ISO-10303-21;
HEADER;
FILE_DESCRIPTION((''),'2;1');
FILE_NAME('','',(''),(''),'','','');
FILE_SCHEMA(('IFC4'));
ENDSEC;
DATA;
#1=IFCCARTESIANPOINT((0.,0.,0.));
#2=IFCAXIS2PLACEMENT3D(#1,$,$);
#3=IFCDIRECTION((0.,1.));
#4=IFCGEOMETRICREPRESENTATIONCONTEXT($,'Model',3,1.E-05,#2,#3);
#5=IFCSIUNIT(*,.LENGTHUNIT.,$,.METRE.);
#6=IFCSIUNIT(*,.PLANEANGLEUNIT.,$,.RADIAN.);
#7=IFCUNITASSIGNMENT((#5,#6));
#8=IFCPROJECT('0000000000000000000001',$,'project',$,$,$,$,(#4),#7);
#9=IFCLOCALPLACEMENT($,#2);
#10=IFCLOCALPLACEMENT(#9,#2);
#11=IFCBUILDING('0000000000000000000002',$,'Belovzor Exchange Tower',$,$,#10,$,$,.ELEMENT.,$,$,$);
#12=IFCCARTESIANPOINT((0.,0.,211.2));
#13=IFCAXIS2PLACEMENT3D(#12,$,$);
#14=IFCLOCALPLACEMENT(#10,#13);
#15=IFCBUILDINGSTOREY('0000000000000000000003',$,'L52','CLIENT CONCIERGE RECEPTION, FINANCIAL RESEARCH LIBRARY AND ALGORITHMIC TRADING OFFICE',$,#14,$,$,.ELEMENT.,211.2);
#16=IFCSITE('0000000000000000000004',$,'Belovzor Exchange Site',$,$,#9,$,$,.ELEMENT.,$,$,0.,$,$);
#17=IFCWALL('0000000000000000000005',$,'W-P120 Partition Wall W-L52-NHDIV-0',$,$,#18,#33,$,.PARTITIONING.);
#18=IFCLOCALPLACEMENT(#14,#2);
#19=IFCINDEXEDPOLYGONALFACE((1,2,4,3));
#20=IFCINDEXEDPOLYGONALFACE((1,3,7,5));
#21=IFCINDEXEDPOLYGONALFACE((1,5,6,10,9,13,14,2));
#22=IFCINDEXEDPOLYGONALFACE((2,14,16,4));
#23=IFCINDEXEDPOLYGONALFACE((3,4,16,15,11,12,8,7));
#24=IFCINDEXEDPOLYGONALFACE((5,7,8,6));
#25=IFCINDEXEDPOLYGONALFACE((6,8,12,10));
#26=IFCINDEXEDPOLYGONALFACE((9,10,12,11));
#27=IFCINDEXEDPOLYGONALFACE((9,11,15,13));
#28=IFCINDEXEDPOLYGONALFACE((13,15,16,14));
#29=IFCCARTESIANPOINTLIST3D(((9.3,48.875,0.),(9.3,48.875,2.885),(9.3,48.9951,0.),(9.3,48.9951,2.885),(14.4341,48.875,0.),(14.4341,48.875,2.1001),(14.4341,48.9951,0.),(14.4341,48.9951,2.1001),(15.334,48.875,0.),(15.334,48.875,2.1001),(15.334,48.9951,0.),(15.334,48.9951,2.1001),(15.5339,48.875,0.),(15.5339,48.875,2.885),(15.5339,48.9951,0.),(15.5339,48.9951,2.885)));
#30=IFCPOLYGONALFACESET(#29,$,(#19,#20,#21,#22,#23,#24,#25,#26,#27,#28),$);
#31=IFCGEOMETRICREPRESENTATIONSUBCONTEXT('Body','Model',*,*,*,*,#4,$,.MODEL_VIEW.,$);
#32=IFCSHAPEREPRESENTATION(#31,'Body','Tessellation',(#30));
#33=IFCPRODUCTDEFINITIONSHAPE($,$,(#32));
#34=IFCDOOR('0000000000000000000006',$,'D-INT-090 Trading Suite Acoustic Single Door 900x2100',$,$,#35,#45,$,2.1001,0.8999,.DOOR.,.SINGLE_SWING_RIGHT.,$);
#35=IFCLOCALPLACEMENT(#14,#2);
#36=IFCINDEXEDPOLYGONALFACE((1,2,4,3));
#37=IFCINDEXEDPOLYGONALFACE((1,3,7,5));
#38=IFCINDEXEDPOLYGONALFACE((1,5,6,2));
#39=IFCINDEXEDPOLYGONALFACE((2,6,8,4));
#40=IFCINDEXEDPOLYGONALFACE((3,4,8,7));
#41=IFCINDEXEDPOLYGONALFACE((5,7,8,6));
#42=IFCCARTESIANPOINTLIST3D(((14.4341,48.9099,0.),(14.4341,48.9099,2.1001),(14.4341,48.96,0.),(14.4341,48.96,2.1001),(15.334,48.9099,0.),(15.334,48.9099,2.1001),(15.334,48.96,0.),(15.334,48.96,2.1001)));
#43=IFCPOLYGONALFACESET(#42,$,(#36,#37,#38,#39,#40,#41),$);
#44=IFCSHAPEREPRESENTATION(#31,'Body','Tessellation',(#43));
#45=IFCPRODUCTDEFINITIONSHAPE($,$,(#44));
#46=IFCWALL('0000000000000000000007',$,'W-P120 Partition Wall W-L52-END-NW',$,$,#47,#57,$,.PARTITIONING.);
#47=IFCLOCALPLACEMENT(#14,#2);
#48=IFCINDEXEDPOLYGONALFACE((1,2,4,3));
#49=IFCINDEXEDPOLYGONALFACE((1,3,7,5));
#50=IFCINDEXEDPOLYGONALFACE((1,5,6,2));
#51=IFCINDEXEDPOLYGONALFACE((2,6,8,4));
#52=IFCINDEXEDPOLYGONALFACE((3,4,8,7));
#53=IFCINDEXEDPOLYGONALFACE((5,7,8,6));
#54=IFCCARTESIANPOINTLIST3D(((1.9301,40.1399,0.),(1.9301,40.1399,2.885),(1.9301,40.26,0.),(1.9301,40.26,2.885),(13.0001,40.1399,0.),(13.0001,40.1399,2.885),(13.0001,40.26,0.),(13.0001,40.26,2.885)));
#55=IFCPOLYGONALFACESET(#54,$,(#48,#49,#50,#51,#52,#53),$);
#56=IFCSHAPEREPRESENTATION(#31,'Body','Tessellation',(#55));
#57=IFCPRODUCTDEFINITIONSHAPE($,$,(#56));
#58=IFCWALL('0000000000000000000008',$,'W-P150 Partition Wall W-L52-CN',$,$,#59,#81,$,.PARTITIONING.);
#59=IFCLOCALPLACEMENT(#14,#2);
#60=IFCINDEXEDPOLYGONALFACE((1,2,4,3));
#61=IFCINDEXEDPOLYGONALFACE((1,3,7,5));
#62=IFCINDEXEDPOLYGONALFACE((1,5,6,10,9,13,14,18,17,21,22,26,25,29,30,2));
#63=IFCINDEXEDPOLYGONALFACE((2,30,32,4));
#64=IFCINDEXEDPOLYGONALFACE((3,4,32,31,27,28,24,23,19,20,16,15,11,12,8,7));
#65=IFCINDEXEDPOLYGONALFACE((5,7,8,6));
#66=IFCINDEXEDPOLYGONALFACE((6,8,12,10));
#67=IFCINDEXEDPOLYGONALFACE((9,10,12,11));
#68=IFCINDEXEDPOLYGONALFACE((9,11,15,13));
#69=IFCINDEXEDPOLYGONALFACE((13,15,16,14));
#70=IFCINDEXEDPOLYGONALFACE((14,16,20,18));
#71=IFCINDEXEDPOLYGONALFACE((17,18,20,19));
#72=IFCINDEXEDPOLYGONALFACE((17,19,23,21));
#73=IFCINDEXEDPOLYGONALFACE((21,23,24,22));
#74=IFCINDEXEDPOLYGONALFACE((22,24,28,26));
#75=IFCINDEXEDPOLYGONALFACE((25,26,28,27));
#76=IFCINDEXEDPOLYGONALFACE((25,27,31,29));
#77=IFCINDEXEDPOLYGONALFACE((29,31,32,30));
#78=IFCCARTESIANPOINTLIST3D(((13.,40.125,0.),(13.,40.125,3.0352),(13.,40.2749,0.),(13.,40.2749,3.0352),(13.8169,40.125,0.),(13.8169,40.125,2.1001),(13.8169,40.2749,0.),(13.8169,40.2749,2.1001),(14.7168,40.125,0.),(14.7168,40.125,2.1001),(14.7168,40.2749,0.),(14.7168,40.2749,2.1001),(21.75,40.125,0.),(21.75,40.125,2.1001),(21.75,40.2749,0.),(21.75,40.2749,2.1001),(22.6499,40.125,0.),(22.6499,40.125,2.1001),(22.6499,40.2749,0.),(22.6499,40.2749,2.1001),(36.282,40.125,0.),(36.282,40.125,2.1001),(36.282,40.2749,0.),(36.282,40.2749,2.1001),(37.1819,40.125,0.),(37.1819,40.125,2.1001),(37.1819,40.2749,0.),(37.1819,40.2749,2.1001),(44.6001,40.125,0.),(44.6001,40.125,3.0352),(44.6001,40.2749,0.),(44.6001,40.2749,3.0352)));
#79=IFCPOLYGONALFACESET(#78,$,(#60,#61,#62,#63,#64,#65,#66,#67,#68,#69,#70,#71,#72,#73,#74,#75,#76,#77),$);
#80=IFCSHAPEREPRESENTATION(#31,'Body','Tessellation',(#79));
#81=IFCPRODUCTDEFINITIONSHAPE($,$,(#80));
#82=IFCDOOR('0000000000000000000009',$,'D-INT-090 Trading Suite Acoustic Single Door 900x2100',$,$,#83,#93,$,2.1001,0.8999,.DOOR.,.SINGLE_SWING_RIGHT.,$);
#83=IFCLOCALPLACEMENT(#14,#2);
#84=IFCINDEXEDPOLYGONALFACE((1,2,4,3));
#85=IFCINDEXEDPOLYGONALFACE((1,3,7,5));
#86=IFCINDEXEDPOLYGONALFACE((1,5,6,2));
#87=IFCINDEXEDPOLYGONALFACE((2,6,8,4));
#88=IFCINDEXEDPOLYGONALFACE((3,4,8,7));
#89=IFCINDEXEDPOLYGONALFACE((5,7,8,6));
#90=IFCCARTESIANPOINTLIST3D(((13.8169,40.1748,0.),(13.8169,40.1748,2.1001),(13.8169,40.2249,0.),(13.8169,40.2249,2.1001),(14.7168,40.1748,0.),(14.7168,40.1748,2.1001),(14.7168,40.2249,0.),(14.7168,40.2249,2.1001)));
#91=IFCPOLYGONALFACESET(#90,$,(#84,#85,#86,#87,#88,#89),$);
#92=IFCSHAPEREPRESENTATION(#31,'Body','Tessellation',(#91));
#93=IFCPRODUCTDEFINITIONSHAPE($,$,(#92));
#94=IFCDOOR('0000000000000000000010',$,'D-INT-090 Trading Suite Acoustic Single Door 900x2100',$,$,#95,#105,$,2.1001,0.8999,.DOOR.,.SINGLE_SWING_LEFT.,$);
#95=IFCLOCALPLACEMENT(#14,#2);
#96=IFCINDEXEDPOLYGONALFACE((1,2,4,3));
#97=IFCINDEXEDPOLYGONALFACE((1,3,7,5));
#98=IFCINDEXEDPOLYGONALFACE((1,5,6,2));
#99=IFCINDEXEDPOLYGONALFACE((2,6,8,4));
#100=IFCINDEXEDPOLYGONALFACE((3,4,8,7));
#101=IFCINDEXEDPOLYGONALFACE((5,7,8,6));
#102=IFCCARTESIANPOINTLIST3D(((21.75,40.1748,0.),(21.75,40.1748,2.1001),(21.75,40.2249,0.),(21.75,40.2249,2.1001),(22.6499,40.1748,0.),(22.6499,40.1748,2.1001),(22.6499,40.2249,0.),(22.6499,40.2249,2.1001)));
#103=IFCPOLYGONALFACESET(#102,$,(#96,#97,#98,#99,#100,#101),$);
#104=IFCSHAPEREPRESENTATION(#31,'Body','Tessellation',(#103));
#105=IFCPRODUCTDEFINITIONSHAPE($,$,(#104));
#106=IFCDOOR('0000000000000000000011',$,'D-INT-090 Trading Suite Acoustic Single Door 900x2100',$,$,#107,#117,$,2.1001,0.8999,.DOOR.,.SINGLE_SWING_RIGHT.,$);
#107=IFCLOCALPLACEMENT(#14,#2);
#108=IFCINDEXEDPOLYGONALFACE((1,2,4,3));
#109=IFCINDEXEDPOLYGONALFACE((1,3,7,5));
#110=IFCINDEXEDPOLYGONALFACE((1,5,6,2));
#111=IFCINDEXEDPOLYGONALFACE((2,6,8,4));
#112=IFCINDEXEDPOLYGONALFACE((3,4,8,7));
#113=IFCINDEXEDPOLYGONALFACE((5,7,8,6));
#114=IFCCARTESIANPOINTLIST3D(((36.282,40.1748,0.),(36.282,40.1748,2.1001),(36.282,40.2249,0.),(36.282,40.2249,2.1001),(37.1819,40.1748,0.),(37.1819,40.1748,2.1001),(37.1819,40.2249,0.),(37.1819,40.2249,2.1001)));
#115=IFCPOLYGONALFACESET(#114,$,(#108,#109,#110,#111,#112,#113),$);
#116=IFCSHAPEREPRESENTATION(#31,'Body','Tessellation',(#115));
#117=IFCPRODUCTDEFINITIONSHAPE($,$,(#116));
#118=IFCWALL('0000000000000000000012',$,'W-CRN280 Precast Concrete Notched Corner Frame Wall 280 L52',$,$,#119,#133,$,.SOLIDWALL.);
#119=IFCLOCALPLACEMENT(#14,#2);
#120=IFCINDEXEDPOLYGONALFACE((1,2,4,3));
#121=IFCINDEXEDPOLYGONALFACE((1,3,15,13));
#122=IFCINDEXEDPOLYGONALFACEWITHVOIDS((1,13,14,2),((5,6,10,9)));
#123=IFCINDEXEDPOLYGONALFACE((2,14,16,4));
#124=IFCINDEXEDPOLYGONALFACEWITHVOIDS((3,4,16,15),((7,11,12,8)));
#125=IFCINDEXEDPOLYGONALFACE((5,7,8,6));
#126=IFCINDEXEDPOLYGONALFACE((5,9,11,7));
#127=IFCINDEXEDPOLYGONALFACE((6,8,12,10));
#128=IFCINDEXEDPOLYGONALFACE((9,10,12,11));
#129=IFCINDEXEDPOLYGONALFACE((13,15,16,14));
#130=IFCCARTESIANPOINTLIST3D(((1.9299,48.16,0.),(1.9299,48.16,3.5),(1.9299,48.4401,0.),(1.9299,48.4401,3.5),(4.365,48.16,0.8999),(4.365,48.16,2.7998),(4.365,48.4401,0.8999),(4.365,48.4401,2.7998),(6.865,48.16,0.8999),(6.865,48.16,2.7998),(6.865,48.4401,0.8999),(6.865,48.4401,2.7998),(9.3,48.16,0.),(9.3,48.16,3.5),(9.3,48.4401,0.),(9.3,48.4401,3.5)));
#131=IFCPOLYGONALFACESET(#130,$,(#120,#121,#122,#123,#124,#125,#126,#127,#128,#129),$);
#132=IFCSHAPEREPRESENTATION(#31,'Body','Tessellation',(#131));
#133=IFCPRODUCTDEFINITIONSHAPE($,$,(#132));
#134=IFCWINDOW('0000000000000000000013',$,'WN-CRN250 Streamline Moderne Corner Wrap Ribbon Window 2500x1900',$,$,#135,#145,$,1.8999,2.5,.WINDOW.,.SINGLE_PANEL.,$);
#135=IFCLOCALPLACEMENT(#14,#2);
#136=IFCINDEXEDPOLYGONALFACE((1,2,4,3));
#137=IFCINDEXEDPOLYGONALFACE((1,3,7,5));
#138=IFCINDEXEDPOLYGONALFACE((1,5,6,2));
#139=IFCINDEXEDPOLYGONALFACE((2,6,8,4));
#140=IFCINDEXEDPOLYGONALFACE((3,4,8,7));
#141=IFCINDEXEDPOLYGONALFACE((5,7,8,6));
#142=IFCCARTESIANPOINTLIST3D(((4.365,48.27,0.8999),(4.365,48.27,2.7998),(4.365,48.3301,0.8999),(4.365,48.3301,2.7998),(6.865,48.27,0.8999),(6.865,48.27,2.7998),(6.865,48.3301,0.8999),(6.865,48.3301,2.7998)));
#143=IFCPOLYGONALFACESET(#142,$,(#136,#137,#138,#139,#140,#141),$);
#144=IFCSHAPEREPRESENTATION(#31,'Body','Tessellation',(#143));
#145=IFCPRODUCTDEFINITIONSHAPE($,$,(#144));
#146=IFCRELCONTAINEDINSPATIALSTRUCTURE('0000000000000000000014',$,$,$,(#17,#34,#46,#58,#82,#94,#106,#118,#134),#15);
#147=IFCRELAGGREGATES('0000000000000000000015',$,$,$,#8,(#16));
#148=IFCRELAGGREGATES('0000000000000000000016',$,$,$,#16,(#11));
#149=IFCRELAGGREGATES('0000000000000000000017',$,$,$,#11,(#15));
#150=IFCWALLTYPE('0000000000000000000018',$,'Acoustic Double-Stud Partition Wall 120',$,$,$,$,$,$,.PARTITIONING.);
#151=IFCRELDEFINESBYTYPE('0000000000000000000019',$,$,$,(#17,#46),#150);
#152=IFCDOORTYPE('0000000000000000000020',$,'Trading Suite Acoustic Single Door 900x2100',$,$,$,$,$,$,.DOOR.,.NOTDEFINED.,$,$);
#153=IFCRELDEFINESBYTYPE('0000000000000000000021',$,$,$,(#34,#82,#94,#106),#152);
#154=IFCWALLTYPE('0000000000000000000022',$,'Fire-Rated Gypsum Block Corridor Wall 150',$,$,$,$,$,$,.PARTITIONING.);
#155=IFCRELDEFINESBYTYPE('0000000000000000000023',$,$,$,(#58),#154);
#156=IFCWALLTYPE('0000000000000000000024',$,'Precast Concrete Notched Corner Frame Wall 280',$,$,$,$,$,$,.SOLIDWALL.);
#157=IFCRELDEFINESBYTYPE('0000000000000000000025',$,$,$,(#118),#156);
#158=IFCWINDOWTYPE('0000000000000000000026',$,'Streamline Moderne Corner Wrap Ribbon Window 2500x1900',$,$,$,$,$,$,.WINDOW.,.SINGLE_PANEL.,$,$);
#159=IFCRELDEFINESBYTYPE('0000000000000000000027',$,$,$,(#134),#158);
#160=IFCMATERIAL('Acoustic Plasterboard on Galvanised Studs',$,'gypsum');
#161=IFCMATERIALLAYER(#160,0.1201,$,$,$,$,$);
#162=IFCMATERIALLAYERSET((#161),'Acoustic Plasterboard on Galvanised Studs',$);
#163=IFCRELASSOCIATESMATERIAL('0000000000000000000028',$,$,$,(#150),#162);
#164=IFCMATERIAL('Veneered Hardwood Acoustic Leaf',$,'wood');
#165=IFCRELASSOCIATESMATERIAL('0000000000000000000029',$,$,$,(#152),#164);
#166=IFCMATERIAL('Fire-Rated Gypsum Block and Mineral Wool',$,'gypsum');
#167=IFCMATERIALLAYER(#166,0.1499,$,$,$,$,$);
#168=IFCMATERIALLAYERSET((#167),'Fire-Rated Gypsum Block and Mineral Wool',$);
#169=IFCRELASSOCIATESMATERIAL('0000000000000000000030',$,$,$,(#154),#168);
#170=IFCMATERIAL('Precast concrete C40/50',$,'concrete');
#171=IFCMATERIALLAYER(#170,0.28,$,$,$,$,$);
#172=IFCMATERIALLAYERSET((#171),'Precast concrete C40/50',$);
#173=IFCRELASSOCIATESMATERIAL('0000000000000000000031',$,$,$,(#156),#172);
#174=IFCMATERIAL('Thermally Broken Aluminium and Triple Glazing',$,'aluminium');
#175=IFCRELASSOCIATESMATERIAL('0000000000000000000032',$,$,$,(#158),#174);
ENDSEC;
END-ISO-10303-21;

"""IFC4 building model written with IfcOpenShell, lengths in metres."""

from ifc_helpers import new_model, si_unit, direction, frame, frame_2d, origin, place, context, subcontext, project, spatial, rectangle, extrude, material, layer, layer_set, type_object, element, fill, save


model = new_model("IFC4")

# Units and contexts
model_context = context("Model", 3, precision=1e-05, world=origin(), true_north=direction((0.0, 1.0)))
body_context = subcontext(model_context, "Body", "Model", "MODEL_VIEW")
ifc_project = project(units=[si_unit("LENGTHUNIT", "METRE"), si_unit("PLANEANGLEUNIT", "RADIAN")], contexts=[model_context])

# Site, building, storey
site_placement = place(None, origin())
site = spatial("IfcSite", under=ifc_project, at=site_placement, Name="Belovzor Exchange Site", CompositionType="ELEMENT", RefElevation=0.0)
building_placement = place(site_placement, origin())
building = spatial("IfcBuilding", under=site, at=building_placement, Name="Belovzor Exchange Tower", CompositionType="ELEMENT")
storey_placement = place(building_placement, frame((0.0, 0.0, 211.2)))
storey = spatial("IfcBuildingStorey", under=building, at=storey_placement, Name="L52", Description="CLIENT CONCIERGE RECEPTION, FINANCIAL RESEARCH LIBRARY AND ALGORITHMIC TRADING OFFICE", CompositionType="ELEMENT", Elevation=211.2)

# Wall, opening, door
ifc_material_1 = material(Name="Acoustic Plasterboard on Galvanised Studs", Category="gypsum")
ifc_layer_1 = layer(ifc_material_1, 0.1201)
ifc_layer_set_1 = layer_set([ifc_layer_1], Name="Acoustic Plasterboard on Galvanised Studs")
wall_type_1 = type_object("IfcWallType", Name="Acoustic Double-Stud Partition Wall 120", PredefinedType="PARTITIONING", material=ifc_layer_set_1)
wall_1_placement = place(storey_placement, frame((9.3, 48.9351, 0.0), z_axis=(0.0, 0.0, 1.0), x_axis=(1.0, 0.0, 0.0)))
wall_1 = element("IfcWall", 1, at=wall_1_placement, inside=storey, type_object=wall_type_1, Name="W-P120 Partition Wall W-L52-NHDIV-0", PredefinedType="PARTITIONING", context=body_context, shape_type="SweptSolid", body=[
    extrude(rectangle(XDim=6.2339, YDim=0.1201, at=frame_2d((3.1169, 0.0))), origin(), (0.0, 0.0, 1.0), 2.885),
])
opening_1_placement = place(wall_1_placement, frame((5.134, 0.0, 0.0)))
opening_1 = element("IfcOpeningElement", 2, at=opening_1_placement, cuts=wall_1, PredefinedType="OPENING", context=body_context, shape_type="SweptSolid", body=[
    extrude(rectangle(XDim=0.8999, YDim=2.1001, at=frame_2d((0.45, 1.05))), frame((0.0, 0.0701, 0.0), z_axis=(0.0, -1.0, 0.0), x_axis=(1.0, 0.0, 0.0)), (0.0, 0.0, 1.0), 0.1401),
])
ifc_material_2 = material(Name="Veneered Hardwood Acoustic Leaf", Category="wood")
door_type_1 = type_object("IfcDoorType", Name="Trading Suite Acoustic Single Door 900x2100", OperationType="NOTDEFINED", PredefinedType="DOOR", material=ifc_material_2)
door_1_placement = place(opening_1_placement, origin())
door_1 = element("IfcDoor", 3, at=door_1_placement, inside=storey, type_object=door_type_1, Name="D-INT-090 Trading Suite Acoustic Single Door 900x2100", OperationType="SINGLE_SWING_RIGHT", OverallHeight=2.1001, OverallWidth=0.8999, PredefinedType="DOOR", context=body_context, shape_type="SweptSolid", body=[
    extrude(rectangle(XDim=0.8999, YDim=2.1001, at=frame_2d((0.45, 1.05))), frame((0.0, 0.0249, 0.0), z_axis=(0.0, -1.0, 0.0), x_axis=(1.0, 0.0, 0.0)), (0.0, 0.0, 1.0), 0.05),
])
fill(opening_1, door_1)

# Wall
wall_2_placement = place(storey_placement, frame((1.9299, 40.2, 0.0), z_axis=(0.0, 0.0, 1.0), x_axis=(1.0, 0.0, 0.0)))
element("IfcWall", 4, at=wall_2_placement, inside=storey, type_object=wall_type_1, Name="W-P120 Partition Wall W-L52-END-NW", PredefinedType="PARTITIONING", context=body_context, shape_type="SweptSolid", body=[
    extrude(rectangle(XDim=11.0701, YDim=0.1201, at=frame_2d((5.5352, 0.0))), origin(), (0.0, 0.0, 1.0), 2.885),
])

# Wall, openings, doors
ifc_material_3 = material(Name="Fire-Rated Gypsum Block and Mineral Wool", Category="gypsum")
ifc_layer_2 = layer(ifc_material_3, 0.1499)
ifc_layer_set_2 = layer_set([ifc_layer_2], Name="Fire-Rated Gypsum Block and Mineral Wool")
wall_type_2 = type_object("IfcWallType", Name="Fire-Rated Gypsum Block Corridor Wall 150", PredefinedType="PARTITIONING", material=ifc_layer_set_2)
wall_3_placement = place(storey_placement, frame((13.0, 40.2, 0.0), z_axis=(0.0, 0.0, 1.0), x_axis=(1.0, 0.0, 0.0)))
wall_3 = element("IfcWall", 5, at=wall_3_placement, inside=storey, type_object=wall_type_2, Name="W-P150 Partition Wall W-L52-CN", PredefinedType="PARTITIONING", context=body_context, shape_type="SweptSolid", body=[
    extrude(rectangle(XDim=31.6001, YDim=0.1499, at=frame_2d((15.8, 0.0))), origin(), (0.0, 0.0, 1.0), 3.0352),
])
opening_2_placement = place(wall_3_placement, frame((0.8169, 0.0, 0.0)))
opening_2 = element("IfcOpeningElement", 6, at=opening_2_placement, cuts=wall_3, PredefinedType="OPENING", context=body_context, shape_type="SweptSolid", body=[
    extrude(rectangle(XDim=0.8999, YDim=2.1001, at=frame_2d((0.45, 1.05))), frame((0.0, 0.085, 0.0), z_axis=(0.0, -1.0, 0.0), x_axis=(1.0, 0.0, 0.0)), (0.0, 0.0, 1.0), 0.1699),
])
opening_3_placement = place(wall_3_placement, frame((8.75, 0.0, 0.0)))
opening_3 = element("IfcOpeningElement", 7, at=opening_3_placement, cuts=wall_3, PredefinedType="OPENING", context=body_context, shape_type="SweptSolid", body=[
    extrude(rectangle(XDim=0.8999, YDim=2.1001, at=frame_2d((0.45, 1.05))), frame((0.0, 0.085, 0.0), z_axis=(0.0, -1.0, 0.0), x_axis=(1.0, 0.0, 0.0)), (0.0, 0.0, 1.0), 0.1699),
])
opening_4_placement = place(wall_3_placement, frame((23.282, 0.0, 0.0)))
opening_4 = element("IfcOpeningElement", 8, at=opening_4_placement, cuts=wall_3, PredefinedType="OPENING", context=body_context, shape_type="SweptSolid", body=[
    extrude(rectangle(XDim=0.8999, YDim=2.1001, at=frame_2d((0.45, 1.05))), frame((0.0, 0.085, 0.0), z_axis=(0.0, -1.0, 0.0), x_axis=(1.0, 0.0, 0.0)), (0.0, 0.0, 1.0), 0.1699),
])
door_2_placement = place(opening_2_placement, origin())
door_2 = element("IfcDoor", 9, at=door_2_placement, inside=storey, type_object=door_type_1, Name="D-INT-090 Trading Suite Acoustic Single Door 900x2100", OperationType="SINGLE_SWING_RIGHT", OverallHeight=2.1001, OverallWidth=0.8999, PredefinedType="DOOR", context=body_context, shape_type="SweptSolid", body=[
    extrude(rectangle(XDim=0.8999, YDim=2.1001, at=frame_2d((0.45, 1.05))), frame((0.0, 0.0249, 0.0), z_axis=(0.0, -1.0, 0.0), x_axis=(1.0, 0.0, 0.0)), (0.0, 0.0, 1.0), 0.05),
])
fill(opening_2, door_2)
door_3_placement = place(opening_3_placement, origin())
door_3 = element("IfcDoor", 10, at=door_3_placement, inside=storey, type_object=door_type_1, Name="D-INT-090 Trading Suite Acoustic Single Door 900x2100", OperationType="SINGLE_SWING_LEFT", OverallHeight=2.1001, OverallWidth=0.8999, PredefinedType="DOOR", context=body_context, shape_type="SweptSolid", body=[
    extrude(rectangle(XDim=0.8999, YDim=2.1001, at=frame_2d((0.45, 1.05))), frame((0.0, 0.0249, 0.0), z_axis=(0.0, -1.0, 0.0), x_axis=(1.0, 0.0, 0.0)), (0.0, 0.0, 1.0), 0.05),
])
fill(opening_3, door_3)
door_4_placement = place(opening_4_placement, origin())
door_4 = element("IfcDoor", 11, at=door_4_placement, inside=storey, type_object=door_type_1, Name="D-INT-090 Trading Suite Acoustic Single Door 900x2100", OperationType="SINGLE_SWING_RIGHT", OverallHeight=2.1001, OverallWidth=0.8999, PredefinedType="DOOR", context=body_context, shape_type="SweptSolid", body=[
    extrude(rectangle(XDim=0.8999, YDim=2.1001, at=frame_2d((0.45, 1.05))), frame((0.0, 0.0249, 0.0), z_axis=(0.0, -1.0, 0.0), x_axis=(1.0, 0.0, 0.0)), (0.0, 0.0, 1.0), 0.05),
])
fill(opening_4, door_4)

# Wall, opening, window
ifc_material_4 = material(Name="Precast concrete C40/50", Category="concrete")
ifc_layer_3 = layer(ifc_material_4, 0.28)
ifc_layer_set_3 = layer_set([ifc_layer_3], Name="Precast concrete C40/50")
wall_type_3 = type_object("IfcWallType", Name="Precast Concrete Notched Corner Frame Wall 280", PredefinedType="SOLIDWALL", material=ifc_layer_set_3)
wall_4_placement = place(storey_placement, frame((1.9299, 48.3, 0.0), z_axis=(0.0, 0.0, 1.0), x_axis=(1.0, 0.0, 0.0)))
wall_4 = element("IfcWall", 12, at=wall_4_placement, inside=storey, type_object=wall_type_3, Name="W-CRN280 Precast Concrete Notched Corner Frame Wall 280 L52", PredefinedType="SOLIDWALL", context=body_context, shape_type="SweptSolid", body=[
    extrude(rectangle(XDim=7.3701, YDim=0.28, at=frame_2d((3.6851, 0.0))), origin(), (0.0, 0.0, 1.0), 3.5),
])
opening_5_placement = place(wall_4_placement, frame((2.4351, 0.0, 0.8999)))
opening_5 = element("IfcOpeningElement", 13, at=opening_5_placement, cuts=wall_4, PredefinedType="OPENING", context=body_context, shape_type="SweptSolid", body=[
    extrude(rectangle(XDim=2.5, YDim=1.8999, at=frame_2d((1.25, 0.95))), frame((0.0, 0.1499, 0.0), z_axis=(0.0, -1.0, 0.0), x_axis=(1.0, 0.0, 0.0)), (0.0, 0.0, 1.0), 0.3),
])
ifc_material_5 = material(Name="Thermally Broken Aluminium and Triple Glazing", Category="aluminium")
window_type = type_object("IfcWindowType", Name="Streamline Moderne Corner Wrap Ribbon Window 2500x1900", PartitioningType="SINGLE_PANEL", PredefinedType="WINDOW", material=ifc_material_5)
window_1_placement = place(opening_5_placement, origin())
window_1 = element("IfcWindow", 14, at=window_1_placement, inside=storey, type_object=window_type, Name="WN-CRN250 Streamline Moderne Corner Wrap Ribbon Window 2500x1900", OverallHeight=1.8999, OverallWidth=2.5, PartitioningType="SINGLE_PANEL", PredefinedType="WINDOW", context=body_context, shape_type="SweptSolid", body=[
    extrude(rectangle(XDim=2.5, YDim=1.8999, at=frame_2d((1.25, 0.95))), frame((0.0, 0.03, 0.0), z_axis=(0.0, -1.0, 0.0), x_axis=(1.0, 0.0, 0.0)), (0.0, 0.0, 1.0), 0.0601),
])
fill(opening_5, window_1)

save(model, "model.ifc")
